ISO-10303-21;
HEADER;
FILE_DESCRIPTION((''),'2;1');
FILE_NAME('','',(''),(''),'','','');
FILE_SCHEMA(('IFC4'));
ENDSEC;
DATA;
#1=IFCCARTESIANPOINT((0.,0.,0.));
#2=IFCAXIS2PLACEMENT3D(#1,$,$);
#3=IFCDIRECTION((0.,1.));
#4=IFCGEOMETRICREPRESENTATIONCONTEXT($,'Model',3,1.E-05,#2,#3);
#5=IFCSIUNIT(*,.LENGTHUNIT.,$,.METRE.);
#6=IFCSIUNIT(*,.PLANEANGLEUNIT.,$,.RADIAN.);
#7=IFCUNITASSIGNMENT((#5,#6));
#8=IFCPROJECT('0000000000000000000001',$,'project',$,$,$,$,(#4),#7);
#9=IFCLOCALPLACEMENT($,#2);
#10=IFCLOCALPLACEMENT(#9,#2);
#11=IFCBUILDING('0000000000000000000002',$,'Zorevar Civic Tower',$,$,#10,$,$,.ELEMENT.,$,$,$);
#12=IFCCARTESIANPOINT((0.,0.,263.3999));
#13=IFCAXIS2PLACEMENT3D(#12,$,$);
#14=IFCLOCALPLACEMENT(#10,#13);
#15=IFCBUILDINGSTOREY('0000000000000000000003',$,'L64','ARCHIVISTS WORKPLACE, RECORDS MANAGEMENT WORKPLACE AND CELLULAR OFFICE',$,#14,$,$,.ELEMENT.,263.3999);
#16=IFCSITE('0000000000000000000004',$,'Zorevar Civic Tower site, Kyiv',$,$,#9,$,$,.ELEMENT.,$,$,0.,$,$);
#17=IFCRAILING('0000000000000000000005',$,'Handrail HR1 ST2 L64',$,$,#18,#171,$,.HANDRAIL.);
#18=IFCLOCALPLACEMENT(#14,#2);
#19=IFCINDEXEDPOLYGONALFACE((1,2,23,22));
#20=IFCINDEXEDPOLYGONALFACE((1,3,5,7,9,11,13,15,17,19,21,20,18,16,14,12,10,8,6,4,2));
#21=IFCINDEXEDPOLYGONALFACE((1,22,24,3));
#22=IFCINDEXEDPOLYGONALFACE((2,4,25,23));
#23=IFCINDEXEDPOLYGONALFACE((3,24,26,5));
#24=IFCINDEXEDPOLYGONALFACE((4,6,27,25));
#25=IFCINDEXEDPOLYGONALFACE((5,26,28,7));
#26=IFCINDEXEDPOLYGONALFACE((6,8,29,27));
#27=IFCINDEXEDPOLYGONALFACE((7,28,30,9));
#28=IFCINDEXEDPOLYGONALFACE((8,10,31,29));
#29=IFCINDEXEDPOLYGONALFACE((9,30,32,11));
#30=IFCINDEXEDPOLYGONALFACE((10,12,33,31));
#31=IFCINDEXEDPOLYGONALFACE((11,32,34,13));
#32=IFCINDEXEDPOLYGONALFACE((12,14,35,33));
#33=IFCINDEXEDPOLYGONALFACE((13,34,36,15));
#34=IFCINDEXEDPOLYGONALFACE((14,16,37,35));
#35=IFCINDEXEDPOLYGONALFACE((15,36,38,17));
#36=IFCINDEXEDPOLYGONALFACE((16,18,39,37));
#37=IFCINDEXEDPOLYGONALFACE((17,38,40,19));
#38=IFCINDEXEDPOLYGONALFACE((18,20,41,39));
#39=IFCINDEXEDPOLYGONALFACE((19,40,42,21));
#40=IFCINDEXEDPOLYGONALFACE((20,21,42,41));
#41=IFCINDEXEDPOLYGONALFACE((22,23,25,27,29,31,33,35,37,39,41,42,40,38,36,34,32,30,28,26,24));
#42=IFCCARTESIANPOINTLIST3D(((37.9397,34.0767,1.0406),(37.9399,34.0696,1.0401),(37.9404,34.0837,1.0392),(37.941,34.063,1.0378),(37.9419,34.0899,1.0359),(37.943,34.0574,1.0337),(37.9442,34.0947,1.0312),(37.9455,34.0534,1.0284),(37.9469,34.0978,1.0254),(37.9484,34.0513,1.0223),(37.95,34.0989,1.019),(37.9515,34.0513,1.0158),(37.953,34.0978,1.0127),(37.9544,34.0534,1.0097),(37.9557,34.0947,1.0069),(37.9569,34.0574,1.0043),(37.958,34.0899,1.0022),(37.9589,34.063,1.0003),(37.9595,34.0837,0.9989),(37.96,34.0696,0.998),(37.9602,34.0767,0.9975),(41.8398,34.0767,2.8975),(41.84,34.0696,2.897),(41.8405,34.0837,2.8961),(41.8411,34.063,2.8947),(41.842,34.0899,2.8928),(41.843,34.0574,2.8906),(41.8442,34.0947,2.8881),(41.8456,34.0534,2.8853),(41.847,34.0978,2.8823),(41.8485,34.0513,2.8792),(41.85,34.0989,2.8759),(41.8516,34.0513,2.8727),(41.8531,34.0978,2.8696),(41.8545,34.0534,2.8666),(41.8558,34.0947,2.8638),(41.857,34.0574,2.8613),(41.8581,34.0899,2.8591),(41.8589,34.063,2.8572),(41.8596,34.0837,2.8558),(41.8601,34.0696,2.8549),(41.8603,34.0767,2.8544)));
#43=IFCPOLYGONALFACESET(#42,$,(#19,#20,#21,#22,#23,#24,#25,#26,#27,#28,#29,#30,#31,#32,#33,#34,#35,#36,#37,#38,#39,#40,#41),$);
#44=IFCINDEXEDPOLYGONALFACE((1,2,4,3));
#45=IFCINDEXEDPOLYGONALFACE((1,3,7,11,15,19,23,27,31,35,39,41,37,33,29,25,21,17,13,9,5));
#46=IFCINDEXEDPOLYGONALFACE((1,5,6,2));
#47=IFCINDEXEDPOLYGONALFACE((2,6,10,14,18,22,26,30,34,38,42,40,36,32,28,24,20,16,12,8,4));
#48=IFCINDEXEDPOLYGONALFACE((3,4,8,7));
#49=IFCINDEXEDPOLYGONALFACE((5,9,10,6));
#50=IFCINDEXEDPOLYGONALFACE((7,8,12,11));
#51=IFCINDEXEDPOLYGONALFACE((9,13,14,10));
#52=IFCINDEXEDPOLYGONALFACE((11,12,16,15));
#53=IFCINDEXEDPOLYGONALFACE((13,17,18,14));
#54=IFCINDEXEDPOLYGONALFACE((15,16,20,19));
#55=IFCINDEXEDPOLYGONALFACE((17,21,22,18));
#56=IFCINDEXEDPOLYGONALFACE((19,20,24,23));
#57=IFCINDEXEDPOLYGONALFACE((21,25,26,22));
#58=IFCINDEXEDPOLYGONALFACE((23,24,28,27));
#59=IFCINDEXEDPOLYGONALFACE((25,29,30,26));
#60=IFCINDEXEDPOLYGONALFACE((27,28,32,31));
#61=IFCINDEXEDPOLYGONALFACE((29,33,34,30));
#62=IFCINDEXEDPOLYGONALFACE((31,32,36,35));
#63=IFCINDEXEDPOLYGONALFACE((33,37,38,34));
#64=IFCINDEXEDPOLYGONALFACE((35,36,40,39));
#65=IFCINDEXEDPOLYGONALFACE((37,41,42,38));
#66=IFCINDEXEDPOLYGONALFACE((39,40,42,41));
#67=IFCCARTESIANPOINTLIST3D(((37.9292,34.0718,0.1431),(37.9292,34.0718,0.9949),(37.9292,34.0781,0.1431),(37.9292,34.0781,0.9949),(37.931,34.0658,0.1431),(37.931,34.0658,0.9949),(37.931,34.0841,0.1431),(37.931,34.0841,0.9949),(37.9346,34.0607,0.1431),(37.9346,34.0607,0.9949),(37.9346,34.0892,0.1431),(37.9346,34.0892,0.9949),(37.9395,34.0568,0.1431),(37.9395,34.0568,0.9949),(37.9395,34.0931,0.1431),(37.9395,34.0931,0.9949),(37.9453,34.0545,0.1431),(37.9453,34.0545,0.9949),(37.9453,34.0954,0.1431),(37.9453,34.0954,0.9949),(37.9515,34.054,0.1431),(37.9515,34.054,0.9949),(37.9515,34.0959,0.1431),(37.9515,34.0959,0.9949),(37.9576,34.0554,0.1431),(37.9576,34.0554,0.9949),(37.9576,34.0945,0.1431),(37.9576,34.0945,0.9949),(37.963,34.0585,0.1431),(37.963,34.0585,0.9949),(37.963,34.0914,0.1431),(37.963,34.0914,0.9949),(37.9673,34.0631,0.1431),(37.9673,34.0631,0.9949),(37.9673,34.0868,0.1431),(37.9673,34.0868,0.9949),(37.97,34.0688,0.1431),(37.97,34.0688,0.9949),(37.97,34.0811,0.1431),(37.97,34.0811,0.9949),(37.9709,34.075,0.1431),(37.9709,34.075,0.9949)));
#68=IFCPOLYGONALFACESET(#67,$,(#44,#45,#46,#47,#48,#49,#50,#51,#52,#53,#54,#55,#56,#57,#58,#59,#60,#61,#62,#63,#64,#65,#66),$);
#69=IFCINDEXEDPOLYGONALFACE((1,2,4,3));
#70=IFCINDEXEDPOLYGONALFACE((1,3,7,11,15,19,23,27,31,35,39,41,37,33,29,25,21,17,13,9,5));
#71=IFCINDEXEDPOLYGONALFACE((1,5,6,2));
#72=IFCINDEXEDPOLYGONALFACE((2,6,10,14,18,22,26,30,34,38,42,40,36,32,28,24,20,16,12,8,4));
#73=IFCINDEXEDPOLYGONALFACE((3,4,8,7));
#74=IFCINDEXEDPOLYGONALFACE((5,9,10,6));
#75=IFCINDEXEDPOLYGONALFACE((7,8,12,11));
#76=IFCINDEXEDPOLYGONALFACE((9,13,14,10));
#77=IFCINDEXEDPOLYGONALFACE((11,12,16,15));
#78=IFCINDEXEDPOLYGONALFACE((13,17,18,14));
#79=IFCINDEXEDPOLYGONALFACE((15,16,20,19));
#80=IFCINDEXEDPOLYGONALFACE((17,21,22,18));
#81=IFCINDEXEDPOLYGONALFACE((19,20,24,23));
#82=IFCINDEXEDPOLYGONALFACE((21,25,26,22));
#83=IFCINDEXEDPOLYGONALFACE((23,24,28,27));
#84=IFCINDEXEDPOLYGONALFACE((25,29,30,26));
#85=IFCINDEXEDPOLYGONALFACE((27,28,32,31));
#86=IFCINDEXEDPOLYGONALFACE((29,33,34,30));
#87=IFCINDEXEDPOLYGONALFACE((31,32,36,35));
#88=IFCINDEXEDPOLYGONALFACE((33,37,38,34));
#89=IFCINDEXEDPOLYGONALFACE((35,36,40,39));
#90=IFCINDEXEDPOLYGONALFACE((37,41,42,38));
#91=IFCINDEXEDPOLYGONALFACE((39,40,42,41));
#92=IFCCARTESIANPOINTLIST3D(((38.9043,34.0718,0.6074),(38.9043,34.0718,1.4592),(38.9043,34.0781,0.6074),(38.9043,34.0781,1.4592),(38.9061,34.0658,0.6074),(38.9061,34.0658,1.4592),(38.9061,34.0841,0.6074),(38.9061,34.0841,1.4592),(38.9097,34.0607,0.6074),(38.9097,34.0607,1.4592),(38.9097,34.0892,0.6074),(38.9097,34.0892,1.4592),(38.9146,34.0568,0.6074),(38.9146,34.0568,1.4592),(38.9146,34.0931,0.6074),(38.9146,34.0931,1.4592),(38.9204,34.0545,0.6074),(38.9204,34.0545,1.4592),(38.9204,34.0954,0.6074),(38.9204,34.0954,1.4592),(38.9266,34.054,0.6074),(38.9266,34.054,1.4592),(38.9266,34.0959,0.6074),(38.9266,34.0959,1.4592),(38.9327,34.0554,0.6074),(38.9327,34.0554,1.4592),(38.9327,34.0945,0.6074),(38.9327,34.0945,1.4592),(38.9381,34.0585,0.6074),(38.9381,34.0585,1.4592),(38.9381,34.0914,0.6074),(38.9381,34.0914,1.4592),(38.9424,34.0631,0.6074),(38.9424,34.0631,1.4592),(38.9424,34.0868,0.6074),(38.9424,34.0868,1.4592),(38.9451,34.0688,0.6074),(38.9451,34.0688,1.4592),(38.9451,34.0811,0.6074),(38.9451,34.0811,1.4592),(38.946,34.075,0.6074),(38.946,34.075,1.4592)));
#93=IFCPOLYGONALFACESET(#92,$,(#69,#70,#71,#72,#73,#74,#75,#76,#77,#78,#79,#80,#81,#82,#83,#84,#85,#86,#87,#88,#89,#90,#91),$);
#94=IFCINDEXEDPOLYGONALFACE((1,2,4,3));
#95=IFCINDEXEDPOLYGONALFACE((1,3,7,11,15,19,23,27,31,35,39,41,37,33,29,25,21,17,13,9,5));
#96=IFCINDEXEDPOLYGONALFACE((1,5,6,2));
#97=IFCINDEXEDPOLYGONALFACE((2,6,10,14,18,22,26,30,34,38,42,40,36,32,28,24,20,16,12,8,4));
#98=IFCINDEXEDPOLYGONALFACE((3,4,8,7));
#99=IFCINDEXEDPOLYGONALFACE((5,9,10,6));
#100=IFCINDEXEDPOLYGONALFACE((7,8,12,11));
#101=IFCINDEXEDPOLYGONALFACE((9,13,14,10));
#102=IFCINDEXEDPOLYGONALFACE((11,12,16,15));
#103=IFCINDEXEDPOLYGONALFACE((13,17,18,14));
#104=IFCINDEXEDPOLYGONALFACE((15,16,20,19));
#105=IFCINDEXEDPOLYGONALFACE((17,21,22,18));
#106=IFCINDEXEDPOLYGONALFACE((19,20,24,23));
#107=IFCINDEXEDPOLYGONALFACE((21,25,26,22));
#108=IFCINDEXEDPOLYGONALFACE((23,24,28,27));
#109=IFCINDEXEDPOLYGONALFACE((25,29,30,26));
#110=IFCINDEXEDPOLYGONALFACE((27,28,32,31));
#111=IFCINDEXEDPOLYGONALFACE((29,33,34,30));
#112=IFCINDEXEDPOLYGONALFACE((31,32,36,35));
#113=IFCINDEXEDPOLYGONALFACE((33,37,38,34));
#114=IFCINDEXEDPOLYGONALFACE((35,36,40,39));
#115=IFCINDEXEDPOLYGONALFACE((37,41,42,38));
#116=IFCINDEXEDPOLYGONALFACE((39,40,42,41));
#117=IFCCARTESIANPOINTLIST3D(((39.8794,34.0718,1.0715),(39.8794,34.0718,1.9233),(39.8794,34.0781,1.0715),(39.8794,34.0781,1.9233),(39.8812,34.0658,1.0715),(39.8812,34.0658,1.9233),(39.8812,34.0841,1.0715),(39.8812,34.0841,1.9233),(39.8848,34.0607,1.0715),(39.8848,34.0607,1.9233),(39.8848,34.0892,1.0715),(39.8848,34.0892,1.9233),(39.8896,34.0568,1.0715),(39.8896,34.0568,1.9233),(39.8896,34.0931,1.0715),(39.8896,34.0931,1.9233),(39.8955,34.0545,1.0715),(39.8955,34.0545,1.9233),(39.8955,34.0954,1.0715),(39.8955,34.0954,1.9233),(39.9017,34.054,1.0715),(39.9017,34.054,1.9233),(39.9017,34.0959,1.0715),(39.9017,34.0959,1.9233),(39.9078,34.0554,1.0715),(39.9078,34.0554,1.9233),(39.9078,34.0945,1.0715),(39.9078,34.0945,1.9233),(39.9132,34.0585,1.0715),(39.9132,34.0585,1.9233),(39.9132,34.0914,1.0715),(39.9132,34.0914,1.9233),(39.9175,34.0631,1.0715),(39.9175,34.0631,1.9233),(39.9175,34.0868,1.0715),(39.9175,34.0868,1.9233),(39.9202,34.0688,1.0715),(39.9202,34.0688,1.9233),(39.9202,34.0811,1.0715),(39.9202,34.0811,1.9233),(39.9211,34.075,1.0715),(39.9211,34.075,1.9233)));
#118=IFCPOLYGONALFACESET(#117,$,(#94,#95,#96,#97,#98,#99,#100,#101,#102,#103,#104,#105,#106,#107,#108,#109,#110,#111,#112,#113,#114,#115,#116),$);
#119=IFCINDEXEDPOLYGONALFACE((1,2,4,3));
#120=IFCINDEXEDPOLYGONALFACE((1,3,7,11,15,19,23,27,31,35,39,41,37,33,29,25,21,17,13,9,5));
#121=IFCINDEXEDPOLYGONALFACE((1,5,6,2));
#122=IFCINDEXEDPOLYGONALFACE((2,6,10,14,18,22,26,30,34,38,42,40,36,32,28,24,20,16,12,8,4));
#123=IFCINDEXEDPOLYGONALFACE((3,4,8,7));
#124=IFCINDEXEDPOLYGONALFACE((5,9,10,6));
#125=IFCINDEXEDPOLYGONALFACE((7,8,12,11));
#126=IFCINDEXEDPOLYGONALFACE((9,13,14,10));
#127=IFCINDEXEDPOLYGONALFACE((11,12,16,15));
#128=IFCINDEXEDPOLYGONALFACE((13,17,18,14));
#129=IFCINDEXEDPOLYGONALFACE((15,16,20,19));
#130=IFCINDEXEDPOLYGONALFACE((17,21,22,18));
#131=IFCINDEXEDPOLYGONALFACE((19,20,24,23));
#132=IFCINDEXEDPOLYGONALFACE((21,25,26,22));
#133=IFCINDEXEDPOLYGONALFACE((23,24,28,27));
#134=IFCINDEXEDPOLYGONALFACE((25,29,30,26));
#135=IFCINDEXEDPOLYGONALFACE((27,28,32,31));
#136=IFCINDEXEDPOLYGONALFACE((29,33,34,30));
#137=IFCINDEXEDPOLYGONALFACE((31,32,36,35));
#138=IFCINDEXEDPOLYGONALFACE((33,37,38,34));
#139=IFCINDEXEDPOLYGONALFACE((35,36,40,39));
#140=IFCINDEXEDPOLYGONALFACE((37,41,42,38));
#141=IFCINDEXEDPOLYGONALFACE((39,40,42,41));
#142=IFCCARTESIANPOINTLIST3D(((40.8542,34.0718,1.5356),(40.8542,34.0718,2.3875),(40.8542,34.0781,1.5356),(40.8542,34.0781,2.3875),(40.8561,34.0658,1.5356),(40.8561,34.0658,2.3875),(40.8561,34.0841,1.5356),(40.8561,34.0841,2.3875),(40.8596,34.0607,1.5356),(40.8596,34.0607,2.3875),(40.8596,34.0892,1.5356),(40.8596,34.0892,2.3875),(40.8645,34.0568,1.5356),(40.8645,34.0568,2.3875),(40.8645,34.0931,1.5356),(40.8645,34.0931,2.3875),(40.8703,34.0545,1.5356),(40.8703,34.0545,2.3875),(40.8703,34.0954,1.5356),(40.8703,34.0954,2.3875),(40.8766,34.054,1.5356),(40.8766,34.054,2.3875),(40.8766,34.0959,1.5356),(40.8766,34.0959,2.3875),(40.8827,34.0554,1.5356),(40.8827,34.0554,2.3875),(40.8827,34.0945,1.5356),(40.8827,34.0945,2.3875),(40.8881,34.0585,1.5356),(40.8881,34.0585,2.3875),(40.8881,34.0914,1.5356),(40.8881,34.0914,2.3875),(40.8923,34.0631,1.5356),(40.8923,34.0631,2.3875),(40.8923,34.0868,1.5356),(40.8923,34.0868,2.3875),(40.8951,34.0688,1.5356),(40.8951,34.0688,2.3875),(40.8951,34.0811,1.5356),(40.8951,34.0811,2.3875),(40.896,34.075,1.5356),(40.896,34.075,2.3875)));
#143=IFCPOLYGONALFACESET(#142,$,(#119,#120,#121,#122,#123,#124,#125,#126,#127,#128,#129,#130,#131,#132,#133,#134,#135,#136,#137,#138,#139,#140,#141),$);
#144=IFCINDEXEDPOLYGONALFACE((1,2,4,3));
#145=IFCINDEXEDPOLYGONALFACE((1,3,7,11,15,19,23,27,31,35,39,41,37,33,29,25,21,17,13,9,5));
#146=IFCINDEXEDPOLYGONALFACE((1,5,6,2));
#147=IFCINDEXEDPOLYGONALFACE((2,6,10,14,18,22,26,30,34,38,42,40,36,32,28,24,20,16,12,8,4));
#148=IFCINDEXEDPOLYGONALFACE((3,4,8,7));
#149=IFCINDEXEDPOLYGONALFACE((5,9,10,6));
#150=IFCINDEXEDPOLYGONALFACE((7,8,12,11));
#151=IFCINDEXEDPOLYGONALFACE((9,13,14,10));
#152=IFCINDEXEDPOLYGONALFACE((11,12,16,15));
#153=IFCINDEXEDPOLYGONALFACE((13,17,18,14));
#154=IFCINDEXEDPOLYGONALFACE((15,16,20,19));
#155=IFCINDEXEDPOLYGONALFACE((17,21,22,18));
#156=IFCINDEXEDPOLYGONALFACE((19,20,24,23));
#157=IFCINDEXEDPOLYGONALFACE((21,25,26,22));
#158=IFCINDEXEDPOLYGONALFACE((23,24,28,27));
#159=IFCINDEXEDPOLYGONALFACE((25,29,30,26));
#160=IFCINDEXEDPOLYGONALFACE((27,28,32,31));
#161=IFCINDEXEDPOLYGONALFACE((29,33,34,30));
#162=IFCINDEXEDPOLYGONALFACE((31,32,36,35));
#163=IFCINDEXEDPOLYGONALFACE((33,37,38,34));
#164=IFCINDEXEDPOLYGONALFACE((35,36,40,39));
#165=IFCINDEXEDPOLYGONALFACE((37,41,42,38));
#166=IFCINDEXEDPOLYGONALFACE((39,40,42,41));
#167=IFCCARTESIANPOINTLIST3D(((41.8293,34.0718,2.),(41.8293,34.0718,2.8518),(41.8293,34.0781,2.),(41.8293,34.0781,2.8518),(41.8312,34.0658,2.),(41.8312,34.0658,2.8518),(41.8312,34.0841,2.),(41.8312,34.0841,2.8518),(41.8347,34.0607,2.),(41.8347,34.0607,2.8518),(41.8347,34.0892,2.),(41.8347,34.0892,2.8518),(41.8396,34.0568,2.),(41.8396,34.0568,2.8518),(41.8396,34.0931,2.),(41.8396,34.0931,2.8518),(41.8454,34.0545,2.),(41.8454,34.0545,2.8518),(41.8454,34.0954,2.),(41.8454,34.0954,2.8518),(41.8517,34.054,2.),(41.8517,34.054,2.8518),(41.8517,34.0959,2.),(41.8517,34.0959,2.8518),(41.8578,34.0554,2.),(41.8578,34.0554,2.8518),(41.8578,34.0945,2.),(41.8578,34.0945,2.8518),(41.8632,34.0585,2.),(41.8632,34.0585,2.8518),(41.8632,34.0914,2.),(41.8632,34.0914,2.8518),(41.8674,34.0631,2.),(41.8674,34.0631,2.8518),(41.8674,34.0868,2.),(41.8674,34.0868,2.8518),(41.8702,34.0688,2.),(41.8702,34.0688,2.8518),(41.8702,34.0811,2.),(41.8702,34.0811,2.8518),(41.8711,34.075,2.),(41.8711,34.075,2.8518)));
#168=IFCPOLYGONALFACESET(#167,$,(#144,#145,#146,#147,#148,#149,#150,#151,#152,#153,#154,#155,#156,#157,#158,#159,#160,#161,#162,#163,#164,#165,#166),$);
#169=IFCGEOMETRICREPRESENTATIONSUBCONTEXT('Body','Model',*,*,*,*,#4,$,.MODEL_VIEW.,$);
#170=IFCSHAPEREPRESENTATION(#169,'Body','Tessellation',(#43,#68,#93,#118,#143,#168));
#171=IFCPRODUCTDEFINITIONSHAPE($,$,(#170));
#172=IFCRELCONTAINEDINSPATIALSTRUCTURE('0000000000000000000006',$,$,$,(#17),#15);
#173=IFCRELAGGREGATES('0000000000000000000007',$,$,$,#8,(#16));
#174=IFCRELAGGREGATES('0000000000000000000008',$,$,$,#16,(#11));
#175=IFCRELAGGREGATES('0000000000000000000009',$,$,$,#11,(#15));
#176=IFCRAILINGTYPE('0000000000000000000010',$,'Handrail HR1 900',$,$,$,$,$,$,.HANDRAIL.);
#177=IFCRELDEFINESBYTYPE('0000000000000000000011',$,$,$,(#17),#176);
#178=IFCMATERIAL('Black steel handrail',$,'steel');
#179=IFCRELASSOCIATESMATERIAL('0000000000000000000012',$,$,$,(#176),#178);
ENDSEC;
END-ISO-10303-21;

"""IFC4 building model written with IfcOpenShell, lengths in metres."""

from ifc_helpers import new_model, si_unit, direction, frame, origin, origin_2d, place, context, subcontext, project, spatial, circle, extrude, material, type_object, element, save


model = new_model("IFC4")

# Units and contexts
model_context = context("Model", 3, precision=1e-05, world=origin(), true_north=direction((0.0, 1.0)))
body_context = subcontext(model_context, "Body", "Model", "MODEL_VIEW")
ifc_project = project(units=[si_unit("LENGTHUNIT", "METRE"), si_unit("PLANEANGLEUNIT", "RADIAN")], contexts=[model_context])

# Site, building, storey
site_placement = place(None, origin())
site = spatial("IfcSite", under=ifc_project, at=site_placement, Name="Zorevar Civic Tower site, Kyiv", CompositionType="ELEMENT", RefElevation=0.0)
building_placement = place(site_placement, origin())
building = spatial("IfcBuilding", under=site, at=building_placement, Name="Zorevar Civic Tower", CompositionType="ELEMENT")
storey_placement = place(building_placement, frame((0.0, 0.0, 263.3999)))
storey = spatial("IfcBuildingStorey", under=building, at=storey_placement, Name="L64", Description="ARCHIVISTS WORKPLACE, RECORDS MANAGEMENT WORKPLACE AND CELLULAR OFFICE", CompositionType="ELEMENT", Elevation=263.3999)

# Railing
ifc_material_1 = material(Name="Black steel handrail", Category="steel")
railing_type = type_object("IfcRailingType", Name="Handrail HR1 900", PredefinedType="HANDRAIL", material=ifc_material_1)
railing_1_placement = place(storey_placement, frame((37.95, 34.075, 0.1431)))
element("IfcRailing", 1, at=railing_1_placement, inside=storey, type_object=railing_type, Name="Handrail HR1 ST2 L64", PredefinedType="HANDRAIL", context=body_context, shape_type="SweptSolid", body=[
    extrude(circle(Radius=0.0239, at=origin_2d()), frame((0.0, 0.0, 0.876), z_axis=(0.902886, 0.0, 0.429881), x_axis=(0.0, 1.0, 0.0)), (0.0, 0.0, 1.0), 4.3196),
    extrude(circle(Radius=0.021, at=origin_2d()), origin(), (0.0, 0.0, 1.0), 0.8518),
    extrude(circle(Radius=0.021, at=origin_2d()), frame((0.9751, 0.0, 0.4644)), (0.0, 0.0, 1.0), 0.8518),
    extrude(circle(Radius=0.021, at=origin_2d()), frame((1.9502, 0.0, 0.9285)), (0.0, 0.0, 1.0), 0.8518),
    extrude(circle(Radius=0.021, at=origin_2d()), frame((2.925, 0.0, 1.3926)), (0.0, 0.0, 1.0), 0.8518),
    extrude(circle(Radius=0.021, at=origin_2d()), frame((3.9001, 0.0, 1.8569)), (0.0, 0.0, 1.0), 0.8518),
])

save(model, "model.ifc")
